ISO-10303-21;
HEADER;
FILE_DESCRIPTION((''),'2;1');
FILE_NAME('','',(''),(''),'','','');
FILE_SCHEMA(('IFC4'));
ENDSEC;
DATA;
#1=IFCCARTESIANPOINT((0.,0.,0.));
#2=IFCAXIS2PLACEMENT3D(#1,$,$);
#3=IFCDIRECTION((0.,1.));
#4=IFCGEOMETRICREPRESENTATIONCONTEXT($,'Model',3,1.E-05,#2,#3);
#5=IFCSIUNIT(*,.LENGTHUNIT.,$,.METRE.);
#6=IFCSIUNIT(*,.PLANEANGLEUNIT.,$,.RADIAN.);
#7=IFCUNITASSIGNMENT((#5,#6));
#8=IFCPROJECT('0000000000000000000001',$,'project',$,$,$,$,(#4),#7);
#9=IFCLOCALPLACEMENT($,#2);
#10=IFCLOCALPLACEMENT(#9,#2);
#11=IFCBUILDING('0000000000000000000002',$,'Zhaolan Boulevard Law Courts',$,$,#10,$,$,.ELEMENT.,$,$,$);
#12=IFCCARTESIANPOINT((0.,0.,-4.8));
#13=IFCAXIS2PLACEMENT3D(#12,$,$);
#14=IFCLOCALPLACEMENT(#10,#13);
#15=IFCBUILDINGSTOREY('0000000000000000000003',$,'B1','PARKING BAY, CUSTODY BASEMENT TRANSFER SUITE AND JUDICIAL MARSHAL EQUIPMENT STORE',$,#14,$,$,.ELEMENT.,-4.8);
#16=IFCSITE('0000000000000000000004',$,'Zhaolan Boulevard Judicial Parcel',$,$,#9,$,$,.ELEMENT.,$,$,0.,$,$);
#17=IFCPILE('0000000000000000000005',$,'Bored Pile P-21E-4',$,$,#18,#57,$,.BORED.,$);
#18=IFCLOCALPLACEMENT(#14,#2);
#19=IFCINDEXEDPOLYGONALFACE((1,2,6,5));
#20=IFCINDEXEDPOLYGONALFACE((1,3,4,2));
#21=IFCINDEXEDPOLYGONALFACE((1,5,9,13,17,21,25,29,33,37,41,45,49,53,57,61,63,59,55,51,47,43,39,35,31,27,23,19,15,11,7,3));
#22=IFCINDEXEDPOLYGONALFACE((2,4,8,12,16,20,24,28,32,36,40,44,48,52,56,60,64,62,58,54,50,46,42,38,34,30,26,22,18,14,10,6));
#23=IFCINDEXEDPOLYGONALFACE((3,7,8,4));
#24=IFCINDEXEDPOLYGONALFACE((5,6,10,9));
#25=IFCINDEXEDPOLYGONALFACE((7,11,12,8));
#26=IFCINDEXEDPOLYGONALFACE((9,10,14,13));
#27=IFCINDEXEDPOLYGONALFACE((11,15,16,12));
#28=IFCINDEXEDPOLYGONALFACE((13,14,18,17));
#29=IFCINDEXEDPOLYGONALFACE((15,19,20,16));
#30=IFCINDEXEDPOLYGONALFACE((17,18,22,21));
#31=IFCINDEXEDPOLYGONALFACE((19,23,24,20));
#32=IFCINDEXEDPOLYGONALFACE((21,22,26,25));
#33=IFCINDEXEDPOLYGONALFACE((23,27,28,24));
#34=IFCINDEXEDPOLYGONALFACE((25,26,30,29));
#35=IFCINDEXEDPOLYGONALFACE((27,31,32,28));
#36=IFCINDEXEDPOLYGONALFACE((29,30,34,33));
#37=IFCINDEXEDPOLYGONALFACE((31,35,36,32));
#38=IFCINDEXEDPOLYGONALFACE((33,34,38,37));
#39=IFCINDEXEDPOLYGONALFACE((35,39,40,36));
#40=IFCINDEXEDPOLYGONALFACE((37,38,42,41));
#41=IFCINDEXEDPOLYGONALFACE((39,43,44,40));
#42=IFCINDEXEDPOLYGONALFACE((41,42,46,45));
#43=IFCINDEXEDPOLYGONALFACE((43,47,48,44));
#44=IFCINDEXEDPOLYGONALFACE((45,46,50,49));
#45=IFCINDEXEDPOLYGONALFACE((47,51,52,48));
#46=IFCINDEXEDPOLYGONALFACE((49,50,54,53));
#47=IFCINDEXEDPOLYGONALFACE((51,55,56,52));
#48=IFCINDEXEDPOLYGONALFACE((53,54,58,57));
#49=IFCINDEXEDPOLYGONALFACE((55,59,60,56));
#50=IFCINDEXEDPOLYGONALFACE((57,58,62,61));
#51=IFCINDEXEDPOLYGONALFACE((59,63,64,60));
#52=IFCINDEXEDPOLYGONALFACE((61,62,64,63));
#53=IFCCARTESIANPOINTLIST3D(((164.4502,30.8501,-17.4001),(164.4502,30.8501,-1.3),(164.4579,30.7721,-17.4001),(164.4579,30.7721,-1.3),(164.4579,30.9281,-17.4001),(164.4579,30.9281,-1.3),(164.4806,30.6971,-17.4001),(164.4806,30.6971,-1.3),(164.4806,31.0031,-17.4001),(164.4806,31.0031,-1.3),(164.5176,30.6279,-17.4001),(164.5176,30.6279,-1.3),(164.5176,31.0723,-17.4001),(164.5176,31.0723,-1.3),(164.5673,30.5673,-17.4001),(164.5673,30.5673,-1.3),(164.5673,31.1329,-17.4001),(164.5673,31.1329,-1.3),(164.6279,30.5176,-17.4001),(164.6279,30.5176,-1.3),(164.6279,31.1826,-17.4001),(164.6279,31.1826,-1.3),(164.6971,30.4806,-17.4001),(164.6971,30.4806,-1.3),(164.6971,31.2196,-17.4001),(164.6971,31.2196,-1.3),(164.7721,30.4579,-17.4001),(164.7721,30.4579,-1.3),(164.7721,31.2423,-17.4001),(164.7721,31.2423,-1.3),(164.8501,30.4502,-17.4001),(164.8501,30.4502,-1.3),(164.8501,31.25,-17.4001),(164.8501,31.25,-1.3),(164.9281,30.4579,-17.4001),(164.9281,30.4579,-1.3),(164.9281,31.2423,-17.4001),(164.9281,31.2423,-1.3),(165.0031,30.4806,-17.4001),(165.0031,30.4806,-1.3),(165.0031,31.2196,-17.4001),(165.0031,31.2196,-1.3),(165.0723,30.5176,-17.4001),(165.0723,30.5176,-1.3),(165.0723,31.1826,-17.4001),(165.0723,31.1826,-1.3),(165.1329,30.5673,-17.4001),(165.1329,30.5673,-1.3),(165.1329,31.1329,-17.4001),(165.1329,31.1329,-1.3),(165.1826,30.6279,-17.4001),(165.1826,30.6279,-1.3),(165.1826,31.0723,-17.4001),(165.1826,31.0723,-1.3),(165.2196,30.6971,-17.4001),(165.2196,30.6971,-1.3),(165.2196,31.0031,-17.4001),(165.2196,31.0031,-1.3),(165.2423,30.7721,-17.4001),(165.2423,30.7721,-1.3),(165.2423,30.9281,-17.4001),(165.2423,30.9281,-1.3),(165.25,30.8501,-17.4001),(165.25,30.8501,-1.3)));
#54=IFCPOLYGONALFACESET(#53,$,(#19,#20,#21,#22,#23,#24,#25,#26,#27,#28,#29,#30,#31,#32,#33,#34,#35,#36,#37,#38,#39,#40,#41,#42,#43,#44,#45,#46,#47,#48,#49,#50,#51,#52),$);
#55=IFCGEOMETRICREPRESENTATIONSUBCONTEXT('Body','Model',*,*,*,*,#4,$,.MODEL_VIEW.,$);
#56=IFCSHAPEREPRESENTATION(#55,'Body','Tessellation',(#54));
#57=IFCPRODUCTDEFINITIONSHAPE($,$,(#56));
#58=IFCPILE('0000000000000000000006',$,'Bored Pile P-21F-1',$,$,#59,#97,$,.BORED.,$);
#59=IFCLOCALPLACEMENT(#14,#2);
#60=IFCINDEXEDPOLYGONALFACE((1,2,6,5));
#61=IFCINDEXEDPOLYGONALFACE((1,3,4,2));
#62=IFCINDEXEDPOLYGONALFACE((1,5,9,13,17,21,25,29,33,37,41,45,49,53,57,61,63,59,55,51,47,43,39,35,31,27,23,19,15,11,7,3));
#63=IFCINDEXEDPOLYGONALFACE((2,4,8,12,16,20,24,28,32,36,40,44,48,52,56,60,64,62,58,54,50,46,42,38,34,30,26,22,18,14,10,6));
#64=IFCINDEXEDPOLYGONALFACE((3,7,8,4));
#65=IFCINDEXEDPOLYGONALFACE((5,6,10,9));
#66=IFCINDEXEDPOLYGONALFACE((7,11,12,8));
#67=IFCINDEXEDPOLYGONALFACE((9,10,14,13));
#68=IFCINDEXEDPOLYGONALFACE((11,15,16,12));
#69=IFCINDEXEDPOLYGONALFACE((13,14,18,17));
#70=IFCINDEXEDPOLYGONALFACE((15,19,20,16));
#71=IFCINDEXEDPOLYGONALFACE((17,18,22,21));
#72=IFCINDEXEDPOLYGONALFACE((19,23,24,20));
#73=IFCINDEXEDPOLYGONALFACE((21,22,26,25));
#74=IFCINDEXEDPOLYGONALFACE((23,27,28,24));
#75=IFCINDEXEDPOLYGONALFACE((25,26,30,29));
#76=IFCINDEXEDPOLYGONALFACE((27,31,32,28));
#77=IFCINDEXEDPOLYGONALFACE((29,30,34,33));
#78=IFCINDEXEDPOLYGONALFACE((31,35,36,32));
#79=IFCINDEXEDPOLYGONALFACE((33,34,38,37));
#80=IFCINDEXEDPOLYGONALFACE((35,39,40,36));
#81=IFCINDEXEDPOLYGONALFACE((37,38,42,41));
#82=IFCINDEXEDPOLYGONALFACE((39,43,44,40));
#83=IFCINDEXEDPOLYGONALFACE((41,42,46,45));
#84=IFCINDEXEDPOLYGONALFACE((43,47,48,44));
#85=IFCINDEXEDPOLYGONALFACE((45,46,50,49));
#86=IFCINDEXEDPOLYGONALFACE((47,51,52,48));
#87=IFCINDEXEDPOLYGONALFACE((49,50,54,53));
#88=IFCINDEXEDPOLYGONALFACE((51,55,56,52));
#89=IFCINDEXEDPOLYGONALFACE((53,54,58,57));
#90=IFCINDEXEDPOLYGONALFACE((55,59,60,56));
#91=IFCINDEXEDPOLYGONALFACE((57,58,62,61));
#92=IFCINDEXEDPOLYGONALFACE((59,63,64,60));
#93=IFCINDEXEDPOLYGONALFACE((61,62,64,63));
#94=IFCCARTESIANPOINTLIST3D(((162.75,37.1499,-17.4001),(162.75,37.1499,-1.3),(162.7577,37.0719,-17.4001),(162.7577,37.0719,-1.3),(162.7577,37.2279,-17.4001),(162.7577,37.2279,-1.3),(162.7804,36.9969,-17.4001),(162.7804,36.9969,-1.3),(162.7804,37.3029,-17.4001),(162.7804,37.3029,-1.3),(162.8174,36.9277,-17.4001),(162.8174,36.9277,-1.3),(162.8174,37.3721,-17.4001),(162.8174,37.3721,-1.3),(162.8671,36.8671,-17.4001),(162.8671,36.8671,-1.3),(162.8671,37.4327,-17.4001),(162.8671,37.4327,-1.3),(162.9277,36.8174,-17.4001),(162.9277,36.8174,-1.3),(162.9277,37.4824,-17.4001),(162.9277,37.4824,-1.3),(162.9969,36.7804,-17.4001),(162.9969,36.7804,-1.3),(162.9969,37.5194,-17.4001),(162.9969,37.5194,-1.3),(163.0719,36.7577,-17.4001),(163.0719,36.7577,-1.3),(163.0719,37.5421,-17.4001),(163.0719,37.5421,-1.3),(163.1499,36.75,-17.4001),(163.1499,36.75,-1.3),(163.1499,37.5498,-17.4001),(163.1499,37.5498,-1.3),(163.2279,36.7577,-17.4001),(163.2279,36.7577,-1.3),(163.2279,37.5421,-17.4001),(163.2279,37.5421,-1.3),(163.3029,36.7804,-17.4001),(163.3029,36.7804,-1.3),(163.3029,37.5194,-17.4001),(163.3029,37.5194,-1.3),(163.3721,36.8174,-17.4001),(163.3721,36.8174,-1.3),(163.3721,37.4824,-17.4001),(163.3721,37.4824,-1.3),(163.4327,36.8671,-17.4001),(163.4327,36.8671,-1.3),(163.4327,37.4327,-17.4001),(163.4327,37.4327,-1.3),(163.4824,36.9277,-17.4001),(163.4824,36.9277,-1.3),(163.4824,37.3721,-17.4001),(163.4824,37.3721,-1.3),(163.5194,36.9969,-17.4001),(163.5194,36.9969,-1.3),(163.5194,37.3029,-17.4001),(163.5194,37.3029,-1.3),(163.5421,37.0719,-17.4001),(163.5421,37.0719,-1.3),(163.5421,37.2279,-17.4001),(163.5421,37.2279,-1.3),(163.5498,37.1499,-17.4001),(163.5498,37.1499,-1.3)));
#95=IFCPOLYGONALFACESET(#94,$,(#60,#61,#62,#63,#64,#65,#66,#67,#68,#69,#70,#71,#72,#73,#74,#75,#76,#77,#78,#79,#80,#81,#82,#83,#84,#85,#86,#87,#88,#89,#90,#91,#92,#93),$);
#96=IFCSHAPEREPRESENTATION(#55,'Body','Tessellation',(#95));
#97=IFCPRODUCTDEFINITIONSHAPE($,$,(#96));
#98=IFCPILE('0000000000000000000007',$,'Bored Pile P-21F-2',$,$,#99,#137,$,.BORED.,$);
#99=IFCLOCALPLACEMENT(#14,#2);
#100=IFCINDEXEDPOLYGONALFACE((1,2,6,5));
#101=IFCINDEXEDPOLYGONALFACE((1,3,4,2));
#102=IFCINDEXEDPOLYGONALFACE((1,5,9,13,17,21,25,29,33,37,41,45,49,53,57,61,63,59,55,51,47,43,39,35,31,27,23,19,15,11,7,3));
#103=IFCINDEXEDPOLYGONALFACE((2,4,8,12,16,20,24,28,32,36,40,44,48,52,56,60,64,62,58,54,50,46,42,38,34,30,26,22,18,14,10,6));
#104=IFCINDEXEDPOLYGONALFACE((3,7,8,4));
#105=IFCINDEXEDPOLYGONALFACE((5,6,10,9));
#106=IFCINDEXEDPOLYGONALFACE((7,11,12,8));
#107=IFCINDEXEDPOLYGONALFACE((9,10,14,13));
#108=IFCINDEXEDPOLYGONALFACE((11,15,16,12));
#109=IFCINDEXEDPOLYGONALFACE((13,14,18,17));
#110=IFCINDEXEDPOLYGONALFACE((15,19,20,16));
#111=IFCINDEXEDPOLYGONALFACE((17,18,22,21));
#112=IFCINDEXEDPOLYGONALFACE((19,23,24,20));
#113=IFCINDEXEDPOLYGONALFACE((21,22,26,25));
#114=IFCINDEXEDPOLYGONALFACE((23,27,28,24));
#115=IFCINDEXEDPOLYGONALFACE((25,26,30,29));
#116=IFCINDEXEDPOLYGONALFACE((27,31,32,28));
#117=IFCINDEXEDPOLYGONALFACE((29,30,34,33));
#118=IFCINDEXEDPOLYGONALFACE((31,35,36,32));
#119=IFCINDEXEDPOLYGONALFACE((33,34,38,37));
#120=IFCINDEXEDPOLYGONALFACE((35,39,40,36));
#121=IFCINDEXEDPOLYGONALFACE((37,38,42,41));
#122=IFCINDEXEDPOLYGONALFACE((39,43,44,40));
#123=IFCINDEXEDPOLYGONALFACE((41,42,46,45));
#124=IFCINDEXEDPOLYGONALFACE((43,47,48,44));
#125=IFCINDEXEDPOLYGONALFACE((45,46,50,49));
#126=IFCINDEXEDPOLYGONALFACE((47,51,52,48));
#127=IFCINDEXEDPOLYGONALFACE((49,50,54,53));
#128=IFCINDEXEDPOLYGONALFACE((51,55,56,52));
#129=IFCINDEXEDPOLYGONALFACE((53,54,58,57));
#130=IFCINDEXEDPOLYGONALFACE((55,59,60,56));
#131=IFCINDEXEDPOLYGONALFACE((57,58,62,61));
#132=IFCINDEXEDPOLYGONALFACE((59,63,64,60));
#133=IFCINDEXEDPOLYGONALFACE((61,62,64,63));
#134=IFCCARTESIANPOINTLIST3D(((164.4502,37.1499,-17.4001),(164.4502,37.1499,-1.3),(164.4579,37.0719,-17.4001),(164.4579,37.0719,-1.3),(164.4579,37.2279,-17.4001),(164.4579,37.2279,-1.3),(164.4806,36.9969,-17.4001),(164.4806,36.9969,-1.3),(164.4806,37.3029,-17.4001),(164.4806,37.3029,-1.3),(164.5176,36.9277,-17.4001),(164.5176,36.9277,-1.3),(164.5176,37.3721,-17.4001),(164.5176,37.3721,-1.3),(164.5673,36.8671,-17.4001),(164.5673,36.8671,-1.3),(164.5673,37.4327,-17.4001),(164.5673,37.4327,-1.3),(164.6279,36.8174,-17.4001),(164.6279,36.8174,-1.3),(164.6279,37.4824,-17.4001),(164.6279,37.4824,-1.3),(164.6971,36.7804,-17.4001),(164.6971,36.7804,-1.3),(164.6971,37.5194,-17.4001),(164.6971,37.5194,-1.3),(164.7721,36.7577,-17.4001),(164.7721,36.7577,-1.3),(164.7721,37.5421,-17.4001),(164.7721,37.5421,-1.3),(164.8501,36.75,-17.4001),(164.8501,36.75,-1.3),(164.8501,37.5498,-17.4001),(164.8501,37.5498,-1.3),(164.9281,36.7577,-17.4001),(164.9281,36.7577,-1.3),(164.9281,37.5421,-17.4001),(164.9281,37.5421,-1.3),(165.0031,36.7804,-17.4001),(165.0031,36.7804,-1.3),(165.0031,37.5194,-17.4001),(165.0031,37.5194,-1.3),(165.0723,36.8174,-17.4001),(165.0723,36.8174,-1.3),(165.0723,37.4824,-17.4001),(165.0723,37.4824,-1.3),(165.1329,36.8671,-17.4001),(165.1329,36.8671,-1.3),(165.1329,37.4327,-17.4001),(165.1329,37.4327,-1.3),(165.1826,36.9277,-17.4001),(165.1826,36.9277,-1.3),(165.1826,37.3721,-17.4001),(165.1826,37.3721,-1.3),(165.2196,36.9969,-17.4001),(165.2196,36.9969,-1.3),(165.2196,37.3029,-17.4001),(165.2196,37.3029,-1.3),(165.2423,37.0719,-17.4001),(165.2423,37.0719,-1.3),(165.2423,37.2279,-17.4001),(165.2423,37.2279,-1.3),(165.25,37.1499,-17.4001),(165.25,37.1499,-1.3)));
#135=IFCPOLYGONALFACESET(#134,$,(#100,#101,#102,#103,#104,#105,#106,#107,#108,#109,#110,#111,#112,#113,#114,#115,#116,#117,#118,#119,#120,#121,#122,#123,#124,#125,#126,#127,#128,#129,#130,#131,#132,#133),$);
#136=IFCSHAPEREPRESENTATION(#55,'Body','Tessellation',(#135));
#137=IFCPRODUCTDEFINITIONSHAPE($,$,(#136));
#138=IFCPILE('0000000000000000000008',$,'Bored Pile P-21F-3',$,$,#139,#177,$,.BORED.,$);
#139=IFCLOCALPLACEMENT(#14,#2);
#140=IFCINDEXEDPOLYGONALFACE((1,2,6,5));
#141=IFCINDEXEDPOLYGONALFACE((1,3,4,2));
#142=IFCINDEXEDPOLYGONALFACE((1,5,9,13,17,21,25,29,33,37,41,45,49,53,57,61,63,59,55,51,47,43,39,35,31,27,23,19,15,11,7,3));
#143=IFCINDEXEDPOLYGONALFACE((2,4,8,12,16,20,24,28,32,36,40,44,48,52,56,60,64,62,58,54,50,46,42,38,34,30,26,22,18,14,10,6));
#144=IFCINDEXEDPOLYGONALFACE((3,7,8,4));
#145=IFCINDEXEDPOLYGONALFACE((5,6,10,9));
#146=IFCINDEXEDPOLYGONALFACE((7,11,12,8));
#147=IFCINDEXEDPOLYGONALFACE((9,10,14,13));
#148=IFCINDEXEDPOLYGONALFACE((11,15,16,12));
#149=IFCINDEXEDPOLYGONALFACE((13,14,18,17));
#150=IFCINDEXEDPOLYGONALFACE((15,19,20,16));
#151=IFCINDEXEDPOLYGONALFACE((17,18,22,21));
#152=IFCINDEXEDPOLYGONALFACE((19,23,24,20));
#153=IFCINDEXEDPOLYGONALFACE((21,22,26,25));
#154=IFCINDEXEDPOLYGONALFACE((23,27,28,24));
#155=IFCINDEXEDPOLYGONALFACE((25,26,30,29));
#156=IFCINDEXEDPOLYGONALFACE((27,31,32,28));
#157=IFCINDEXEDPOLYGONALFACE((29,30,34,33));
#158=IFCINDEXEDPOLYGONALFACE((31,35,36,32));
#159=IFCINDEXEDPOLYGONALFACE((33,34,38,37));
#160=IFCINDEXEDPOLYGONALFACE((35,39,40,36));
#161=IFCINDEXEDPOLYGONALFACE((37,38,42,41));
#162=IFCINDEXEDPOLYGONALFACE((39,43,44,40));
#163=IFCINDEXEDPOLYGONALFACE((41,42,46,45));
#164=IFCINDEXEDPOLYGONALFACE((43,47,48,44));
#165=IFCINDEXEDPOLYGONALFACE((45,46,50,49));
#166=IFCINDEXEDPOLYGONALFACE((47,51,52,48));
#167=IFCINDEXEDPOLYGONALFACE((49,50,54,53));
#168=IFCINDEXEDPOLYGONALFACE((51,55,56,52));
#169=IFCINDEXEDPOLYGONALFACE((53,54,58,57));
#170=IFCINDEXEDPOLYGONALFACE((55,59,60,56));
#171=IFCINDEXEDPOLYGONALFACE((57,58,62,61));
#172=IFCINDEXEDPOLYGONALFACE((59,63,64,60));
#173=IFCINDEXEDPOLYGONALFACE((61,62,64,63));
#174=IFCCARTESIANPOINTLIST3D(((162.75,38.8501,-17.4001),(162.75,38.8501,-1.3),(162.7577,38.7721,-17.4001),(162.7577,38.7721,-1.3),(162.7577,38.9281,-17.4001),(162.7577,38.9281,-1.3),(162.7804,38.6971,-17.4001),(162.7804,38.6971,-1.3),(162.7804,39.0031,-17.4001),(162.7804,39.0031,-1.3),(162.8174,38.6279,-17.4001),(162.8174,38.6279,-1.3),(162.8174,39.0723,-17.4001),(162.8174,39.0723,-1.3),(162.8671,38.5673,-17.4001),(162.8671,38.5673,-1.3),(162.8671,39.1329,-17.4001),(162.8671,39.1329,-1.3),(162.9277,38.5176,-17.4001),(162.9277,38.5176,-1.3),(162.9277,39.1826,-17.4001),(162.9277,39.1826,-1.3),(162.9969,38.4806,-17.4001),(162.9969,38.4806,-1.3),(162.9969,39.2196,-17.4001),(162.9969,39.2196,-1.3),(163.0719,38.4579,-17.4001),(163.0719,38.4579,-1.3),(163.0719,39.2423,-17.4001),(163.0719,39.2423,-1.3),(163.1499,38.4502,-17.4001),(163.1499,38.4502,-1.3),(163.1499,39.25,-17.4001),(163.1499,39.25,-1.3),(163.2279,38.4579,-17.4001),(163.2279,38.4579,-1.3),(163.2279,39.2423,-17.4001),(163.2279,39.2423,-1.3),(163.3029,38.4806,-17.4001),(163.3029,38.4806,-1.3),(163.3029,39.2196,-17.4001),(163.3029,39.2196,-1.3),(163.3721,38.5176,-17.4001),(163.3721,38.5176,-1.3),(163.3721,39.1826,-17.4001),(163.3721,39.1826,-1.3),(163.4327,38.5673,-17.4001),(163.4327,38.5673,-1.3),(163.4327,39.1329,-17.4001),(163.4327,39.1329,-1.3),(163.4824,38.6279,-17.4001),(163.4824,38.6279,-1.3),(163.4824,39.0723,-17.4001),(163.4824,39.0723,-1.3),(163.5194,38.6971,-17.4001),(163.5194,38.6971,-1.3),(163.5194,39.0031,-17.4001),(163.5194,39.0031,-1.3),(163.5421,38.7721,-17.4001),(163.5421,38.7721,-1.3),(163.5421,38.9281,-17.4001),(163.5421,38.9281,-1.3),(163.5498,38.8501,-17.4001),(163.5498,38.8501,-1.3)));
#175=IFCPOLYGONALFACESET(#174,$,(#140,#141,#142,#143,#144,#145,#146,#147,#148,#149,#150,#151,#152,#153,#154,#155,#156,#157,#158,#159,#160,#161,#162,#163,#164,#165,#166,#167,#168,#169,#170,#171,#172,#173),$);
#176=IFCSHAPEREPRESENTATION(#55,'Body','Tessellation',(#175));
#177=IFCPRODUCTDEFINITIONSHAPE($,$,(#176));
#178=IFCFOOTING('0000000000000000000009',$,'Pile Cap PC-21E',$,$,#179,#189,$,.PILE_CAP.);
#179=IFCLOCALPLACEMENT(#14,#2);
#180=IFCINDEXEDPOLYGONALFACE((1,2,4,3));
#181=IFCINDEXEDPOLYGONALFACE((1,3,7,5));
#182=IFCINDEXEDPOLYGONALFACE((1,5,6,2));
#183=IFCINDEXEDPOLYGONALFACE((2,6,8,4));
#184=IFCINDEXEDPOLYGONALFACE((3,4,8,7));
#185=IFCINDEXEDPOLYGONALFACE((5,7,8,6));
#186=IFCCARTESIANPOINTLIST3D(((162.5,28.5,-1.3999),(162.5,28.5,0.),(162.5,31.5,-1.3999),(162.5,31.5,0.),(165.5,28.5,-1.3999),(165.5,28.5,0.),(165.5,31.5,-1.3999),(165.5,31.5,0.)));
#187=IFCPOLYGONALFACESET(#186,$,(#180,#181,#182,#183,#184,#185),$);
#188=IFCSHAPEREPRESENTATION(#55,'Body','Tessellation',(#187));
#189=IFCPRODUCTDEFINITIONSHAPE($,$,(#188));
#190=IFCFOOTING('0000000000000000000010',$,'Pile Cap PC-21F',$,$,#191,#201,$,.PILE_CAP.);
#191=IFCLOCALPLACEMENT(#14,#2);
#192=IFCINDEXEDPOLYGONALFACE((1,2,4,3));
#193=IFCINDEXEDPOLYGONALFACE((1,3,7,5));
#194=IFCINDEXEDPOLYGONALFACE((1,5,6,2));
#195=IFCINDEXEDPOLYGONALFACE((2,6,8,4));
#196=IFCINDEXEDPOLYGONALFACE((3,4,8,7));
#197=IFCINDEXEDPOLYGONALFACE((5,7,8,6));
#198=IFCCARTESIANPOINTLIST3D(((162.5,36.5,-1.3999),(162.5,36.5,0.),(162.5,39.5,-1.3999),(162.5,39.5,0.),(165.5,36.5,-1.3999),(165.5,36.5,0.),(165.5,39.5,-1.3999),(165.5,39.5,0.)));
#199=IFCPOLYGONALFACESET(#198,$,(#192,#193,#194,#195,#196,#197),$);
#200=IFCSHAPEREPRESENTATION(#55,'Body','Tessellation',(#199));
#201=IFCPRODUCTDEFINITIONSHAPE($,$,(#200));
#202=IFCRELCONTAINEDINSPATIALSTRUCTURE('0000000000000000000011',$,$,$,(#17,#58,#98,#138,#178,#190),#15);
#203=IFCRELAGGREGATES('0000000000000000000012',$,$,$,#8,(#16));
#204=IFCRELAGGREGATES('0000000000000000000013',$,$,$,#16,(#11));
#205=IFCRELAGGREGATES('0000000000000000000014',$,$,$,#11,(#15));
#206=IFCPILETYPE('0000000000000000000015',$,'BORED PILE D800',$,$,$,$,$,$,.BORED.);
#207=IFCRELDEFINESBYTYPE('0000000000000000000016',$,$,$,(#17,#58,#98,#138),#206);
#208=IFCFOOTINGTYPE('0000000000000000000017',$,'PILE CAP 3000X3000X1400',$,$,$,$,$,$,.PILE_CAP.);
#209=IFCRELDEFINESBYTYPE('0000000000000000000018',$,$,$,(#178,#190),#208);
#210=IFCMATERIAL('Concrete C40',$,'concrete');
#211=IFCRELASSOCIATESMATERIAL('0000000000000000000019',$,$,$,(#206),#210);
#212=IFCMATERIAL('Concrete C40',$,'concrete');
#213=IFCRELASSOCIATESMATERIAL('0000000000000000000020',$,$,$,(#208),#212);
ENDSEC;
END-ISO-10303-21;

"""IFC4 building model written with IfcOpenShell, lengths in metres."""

from ifc_helpers import new_model, si_unit, direction, frame, origin, origin_2d, place, context, subcontext, project, spatial, rectangle, circle, extrude, material, material_profile, profile_set, type_object, element, save


model = new_model("IFC4")

# Units and contexts
model_context = context("Model", 3, precision=1e-05, world=origin(), true_north=direction((0.0, 1.0)))
body_context = subcontext(model_context, "Body", "Model", "MODEL_VIEW")
ifc_project = project(units=[si_unit("LENGTHUNIT", "METRE"), si_unit("PLANEANGLEUNIT", "RADIAN")], contexts=[model_context])

# Site, building, storey
site_placement = place(None, origin())
site = spatial("IfcSite", under=ifc_project, at=site_placement, Name="Zhaolan Boulevard Judicial Parcel", CompositionType="ELEMENT", RefElevation=0.0)
building_placement = place(site_placement, origin())
building = spatial("IfcBuilding", under=site, at=building_placement, Name="Zhaolan Boulevard Law Courts", CompositionType="ELEMENT")
storey_placement = place(building_placement, frame((0.0, 0.0, -4.8)))
storey = spatial("IfcBuildingStorey", under=building, at=storey_placement, Name="B1", Description="PARKING BAY, CUSTODY BASEMENT TRANSFER SUITE AND JUDICIAL MARSHAL EQUIPMENT STORE", CompositionType="ELEMENT", Elevation=-4.8)

# Piles
ifc_material_1 = material(Name="Concrete C40", Category="concrete")
ifc_material_profile_1 = material_profile(ifc_material_1, circle(Radius=0.3999, at=origin_2d()), Name="PILE-D800")
ifc_profile_set_1 = profile_set([ifc_material_profile_1], Name="Concrete C40")
pile_type = type_object("IfcPileType", Name="BORED PILE D800", PredefinedType="BORED", material=ifc_profile_set_1)
for number, where, z_axis, x_axis, name in (
    (1, (164.8501, 30.8501, -1.3), (0.0, 0.0, -1.0), (1.0, 0.0, 0.0), "Bored Pile P-21E-4"),
    (2, (163.1499, 37.1499, -1.3), (0.0, 0.0, -1.0), (1.0, 0.0, 0.0), "Bored Pile P-21F-1"),
    (3, (164.8501, 37.1499, -1.3), (0.0, 0.0, -1.0), (1.0, 0.0, 0.0), "Bored Pile P-21F-2"),
    (4, (163.1499, 38.8501, -1.3), (0.0, 0.0, -1.0), (1.0, 0.0, 0.0), "Bored Pile P-21F-3"),
):
    element("IfcPile", number, at=place(storey_placement, frame(where, z_axis=z_axis, x_axis=x_axis)), inside=storey, type_object=pile_type, Name=name, PredefinedType="BORED", context=body_context, shape_type="SweptSolid", body=[
        extrude(circle(Radius=0.3999, at=origin_2d()), origin(), (0.0, 0.0, 1.0), 16.1001),
    ])

# Footings
ifc_material_2 = material(Name="Concrete C40", Category="concrete")
footing_type_1 = type_object("IfcFootingType", Name="PILE CAP 3000X3000X1400", PredefinedType="PILE_CAP", material=ifc_material_2)
for number, where, z_axis, x_axis, name in (
    (5, (164.0, 30.0, -1.3999), (0.0, 0.0, 1.0), (1.0, 0.0, 0.0), "Pile Cap PC-21E"),
    (6, (164.0, 38.0, -1.3999), (0.0, 0.0, 1.0), (1.0, 0.0, 0.0), "Pile Cap PC-21F"),
):
    element("IfcFooting", number, at=place(storey_placement, frame(where, z_axis=z_axis, x_axis=x_axis)), inside=storey, type_object=footing_type_1, Name=name, PredefinedType="PILE_CAP", context=body_context, shape_type="SweptSolid", body=[
        extrude(rectangle(XDim=3.0, YDim=3.0, at=origin_2d()), origin(), (0.0, 0.0, 1.0), 1.3999),
    ])

save(model, "model.ifc")
